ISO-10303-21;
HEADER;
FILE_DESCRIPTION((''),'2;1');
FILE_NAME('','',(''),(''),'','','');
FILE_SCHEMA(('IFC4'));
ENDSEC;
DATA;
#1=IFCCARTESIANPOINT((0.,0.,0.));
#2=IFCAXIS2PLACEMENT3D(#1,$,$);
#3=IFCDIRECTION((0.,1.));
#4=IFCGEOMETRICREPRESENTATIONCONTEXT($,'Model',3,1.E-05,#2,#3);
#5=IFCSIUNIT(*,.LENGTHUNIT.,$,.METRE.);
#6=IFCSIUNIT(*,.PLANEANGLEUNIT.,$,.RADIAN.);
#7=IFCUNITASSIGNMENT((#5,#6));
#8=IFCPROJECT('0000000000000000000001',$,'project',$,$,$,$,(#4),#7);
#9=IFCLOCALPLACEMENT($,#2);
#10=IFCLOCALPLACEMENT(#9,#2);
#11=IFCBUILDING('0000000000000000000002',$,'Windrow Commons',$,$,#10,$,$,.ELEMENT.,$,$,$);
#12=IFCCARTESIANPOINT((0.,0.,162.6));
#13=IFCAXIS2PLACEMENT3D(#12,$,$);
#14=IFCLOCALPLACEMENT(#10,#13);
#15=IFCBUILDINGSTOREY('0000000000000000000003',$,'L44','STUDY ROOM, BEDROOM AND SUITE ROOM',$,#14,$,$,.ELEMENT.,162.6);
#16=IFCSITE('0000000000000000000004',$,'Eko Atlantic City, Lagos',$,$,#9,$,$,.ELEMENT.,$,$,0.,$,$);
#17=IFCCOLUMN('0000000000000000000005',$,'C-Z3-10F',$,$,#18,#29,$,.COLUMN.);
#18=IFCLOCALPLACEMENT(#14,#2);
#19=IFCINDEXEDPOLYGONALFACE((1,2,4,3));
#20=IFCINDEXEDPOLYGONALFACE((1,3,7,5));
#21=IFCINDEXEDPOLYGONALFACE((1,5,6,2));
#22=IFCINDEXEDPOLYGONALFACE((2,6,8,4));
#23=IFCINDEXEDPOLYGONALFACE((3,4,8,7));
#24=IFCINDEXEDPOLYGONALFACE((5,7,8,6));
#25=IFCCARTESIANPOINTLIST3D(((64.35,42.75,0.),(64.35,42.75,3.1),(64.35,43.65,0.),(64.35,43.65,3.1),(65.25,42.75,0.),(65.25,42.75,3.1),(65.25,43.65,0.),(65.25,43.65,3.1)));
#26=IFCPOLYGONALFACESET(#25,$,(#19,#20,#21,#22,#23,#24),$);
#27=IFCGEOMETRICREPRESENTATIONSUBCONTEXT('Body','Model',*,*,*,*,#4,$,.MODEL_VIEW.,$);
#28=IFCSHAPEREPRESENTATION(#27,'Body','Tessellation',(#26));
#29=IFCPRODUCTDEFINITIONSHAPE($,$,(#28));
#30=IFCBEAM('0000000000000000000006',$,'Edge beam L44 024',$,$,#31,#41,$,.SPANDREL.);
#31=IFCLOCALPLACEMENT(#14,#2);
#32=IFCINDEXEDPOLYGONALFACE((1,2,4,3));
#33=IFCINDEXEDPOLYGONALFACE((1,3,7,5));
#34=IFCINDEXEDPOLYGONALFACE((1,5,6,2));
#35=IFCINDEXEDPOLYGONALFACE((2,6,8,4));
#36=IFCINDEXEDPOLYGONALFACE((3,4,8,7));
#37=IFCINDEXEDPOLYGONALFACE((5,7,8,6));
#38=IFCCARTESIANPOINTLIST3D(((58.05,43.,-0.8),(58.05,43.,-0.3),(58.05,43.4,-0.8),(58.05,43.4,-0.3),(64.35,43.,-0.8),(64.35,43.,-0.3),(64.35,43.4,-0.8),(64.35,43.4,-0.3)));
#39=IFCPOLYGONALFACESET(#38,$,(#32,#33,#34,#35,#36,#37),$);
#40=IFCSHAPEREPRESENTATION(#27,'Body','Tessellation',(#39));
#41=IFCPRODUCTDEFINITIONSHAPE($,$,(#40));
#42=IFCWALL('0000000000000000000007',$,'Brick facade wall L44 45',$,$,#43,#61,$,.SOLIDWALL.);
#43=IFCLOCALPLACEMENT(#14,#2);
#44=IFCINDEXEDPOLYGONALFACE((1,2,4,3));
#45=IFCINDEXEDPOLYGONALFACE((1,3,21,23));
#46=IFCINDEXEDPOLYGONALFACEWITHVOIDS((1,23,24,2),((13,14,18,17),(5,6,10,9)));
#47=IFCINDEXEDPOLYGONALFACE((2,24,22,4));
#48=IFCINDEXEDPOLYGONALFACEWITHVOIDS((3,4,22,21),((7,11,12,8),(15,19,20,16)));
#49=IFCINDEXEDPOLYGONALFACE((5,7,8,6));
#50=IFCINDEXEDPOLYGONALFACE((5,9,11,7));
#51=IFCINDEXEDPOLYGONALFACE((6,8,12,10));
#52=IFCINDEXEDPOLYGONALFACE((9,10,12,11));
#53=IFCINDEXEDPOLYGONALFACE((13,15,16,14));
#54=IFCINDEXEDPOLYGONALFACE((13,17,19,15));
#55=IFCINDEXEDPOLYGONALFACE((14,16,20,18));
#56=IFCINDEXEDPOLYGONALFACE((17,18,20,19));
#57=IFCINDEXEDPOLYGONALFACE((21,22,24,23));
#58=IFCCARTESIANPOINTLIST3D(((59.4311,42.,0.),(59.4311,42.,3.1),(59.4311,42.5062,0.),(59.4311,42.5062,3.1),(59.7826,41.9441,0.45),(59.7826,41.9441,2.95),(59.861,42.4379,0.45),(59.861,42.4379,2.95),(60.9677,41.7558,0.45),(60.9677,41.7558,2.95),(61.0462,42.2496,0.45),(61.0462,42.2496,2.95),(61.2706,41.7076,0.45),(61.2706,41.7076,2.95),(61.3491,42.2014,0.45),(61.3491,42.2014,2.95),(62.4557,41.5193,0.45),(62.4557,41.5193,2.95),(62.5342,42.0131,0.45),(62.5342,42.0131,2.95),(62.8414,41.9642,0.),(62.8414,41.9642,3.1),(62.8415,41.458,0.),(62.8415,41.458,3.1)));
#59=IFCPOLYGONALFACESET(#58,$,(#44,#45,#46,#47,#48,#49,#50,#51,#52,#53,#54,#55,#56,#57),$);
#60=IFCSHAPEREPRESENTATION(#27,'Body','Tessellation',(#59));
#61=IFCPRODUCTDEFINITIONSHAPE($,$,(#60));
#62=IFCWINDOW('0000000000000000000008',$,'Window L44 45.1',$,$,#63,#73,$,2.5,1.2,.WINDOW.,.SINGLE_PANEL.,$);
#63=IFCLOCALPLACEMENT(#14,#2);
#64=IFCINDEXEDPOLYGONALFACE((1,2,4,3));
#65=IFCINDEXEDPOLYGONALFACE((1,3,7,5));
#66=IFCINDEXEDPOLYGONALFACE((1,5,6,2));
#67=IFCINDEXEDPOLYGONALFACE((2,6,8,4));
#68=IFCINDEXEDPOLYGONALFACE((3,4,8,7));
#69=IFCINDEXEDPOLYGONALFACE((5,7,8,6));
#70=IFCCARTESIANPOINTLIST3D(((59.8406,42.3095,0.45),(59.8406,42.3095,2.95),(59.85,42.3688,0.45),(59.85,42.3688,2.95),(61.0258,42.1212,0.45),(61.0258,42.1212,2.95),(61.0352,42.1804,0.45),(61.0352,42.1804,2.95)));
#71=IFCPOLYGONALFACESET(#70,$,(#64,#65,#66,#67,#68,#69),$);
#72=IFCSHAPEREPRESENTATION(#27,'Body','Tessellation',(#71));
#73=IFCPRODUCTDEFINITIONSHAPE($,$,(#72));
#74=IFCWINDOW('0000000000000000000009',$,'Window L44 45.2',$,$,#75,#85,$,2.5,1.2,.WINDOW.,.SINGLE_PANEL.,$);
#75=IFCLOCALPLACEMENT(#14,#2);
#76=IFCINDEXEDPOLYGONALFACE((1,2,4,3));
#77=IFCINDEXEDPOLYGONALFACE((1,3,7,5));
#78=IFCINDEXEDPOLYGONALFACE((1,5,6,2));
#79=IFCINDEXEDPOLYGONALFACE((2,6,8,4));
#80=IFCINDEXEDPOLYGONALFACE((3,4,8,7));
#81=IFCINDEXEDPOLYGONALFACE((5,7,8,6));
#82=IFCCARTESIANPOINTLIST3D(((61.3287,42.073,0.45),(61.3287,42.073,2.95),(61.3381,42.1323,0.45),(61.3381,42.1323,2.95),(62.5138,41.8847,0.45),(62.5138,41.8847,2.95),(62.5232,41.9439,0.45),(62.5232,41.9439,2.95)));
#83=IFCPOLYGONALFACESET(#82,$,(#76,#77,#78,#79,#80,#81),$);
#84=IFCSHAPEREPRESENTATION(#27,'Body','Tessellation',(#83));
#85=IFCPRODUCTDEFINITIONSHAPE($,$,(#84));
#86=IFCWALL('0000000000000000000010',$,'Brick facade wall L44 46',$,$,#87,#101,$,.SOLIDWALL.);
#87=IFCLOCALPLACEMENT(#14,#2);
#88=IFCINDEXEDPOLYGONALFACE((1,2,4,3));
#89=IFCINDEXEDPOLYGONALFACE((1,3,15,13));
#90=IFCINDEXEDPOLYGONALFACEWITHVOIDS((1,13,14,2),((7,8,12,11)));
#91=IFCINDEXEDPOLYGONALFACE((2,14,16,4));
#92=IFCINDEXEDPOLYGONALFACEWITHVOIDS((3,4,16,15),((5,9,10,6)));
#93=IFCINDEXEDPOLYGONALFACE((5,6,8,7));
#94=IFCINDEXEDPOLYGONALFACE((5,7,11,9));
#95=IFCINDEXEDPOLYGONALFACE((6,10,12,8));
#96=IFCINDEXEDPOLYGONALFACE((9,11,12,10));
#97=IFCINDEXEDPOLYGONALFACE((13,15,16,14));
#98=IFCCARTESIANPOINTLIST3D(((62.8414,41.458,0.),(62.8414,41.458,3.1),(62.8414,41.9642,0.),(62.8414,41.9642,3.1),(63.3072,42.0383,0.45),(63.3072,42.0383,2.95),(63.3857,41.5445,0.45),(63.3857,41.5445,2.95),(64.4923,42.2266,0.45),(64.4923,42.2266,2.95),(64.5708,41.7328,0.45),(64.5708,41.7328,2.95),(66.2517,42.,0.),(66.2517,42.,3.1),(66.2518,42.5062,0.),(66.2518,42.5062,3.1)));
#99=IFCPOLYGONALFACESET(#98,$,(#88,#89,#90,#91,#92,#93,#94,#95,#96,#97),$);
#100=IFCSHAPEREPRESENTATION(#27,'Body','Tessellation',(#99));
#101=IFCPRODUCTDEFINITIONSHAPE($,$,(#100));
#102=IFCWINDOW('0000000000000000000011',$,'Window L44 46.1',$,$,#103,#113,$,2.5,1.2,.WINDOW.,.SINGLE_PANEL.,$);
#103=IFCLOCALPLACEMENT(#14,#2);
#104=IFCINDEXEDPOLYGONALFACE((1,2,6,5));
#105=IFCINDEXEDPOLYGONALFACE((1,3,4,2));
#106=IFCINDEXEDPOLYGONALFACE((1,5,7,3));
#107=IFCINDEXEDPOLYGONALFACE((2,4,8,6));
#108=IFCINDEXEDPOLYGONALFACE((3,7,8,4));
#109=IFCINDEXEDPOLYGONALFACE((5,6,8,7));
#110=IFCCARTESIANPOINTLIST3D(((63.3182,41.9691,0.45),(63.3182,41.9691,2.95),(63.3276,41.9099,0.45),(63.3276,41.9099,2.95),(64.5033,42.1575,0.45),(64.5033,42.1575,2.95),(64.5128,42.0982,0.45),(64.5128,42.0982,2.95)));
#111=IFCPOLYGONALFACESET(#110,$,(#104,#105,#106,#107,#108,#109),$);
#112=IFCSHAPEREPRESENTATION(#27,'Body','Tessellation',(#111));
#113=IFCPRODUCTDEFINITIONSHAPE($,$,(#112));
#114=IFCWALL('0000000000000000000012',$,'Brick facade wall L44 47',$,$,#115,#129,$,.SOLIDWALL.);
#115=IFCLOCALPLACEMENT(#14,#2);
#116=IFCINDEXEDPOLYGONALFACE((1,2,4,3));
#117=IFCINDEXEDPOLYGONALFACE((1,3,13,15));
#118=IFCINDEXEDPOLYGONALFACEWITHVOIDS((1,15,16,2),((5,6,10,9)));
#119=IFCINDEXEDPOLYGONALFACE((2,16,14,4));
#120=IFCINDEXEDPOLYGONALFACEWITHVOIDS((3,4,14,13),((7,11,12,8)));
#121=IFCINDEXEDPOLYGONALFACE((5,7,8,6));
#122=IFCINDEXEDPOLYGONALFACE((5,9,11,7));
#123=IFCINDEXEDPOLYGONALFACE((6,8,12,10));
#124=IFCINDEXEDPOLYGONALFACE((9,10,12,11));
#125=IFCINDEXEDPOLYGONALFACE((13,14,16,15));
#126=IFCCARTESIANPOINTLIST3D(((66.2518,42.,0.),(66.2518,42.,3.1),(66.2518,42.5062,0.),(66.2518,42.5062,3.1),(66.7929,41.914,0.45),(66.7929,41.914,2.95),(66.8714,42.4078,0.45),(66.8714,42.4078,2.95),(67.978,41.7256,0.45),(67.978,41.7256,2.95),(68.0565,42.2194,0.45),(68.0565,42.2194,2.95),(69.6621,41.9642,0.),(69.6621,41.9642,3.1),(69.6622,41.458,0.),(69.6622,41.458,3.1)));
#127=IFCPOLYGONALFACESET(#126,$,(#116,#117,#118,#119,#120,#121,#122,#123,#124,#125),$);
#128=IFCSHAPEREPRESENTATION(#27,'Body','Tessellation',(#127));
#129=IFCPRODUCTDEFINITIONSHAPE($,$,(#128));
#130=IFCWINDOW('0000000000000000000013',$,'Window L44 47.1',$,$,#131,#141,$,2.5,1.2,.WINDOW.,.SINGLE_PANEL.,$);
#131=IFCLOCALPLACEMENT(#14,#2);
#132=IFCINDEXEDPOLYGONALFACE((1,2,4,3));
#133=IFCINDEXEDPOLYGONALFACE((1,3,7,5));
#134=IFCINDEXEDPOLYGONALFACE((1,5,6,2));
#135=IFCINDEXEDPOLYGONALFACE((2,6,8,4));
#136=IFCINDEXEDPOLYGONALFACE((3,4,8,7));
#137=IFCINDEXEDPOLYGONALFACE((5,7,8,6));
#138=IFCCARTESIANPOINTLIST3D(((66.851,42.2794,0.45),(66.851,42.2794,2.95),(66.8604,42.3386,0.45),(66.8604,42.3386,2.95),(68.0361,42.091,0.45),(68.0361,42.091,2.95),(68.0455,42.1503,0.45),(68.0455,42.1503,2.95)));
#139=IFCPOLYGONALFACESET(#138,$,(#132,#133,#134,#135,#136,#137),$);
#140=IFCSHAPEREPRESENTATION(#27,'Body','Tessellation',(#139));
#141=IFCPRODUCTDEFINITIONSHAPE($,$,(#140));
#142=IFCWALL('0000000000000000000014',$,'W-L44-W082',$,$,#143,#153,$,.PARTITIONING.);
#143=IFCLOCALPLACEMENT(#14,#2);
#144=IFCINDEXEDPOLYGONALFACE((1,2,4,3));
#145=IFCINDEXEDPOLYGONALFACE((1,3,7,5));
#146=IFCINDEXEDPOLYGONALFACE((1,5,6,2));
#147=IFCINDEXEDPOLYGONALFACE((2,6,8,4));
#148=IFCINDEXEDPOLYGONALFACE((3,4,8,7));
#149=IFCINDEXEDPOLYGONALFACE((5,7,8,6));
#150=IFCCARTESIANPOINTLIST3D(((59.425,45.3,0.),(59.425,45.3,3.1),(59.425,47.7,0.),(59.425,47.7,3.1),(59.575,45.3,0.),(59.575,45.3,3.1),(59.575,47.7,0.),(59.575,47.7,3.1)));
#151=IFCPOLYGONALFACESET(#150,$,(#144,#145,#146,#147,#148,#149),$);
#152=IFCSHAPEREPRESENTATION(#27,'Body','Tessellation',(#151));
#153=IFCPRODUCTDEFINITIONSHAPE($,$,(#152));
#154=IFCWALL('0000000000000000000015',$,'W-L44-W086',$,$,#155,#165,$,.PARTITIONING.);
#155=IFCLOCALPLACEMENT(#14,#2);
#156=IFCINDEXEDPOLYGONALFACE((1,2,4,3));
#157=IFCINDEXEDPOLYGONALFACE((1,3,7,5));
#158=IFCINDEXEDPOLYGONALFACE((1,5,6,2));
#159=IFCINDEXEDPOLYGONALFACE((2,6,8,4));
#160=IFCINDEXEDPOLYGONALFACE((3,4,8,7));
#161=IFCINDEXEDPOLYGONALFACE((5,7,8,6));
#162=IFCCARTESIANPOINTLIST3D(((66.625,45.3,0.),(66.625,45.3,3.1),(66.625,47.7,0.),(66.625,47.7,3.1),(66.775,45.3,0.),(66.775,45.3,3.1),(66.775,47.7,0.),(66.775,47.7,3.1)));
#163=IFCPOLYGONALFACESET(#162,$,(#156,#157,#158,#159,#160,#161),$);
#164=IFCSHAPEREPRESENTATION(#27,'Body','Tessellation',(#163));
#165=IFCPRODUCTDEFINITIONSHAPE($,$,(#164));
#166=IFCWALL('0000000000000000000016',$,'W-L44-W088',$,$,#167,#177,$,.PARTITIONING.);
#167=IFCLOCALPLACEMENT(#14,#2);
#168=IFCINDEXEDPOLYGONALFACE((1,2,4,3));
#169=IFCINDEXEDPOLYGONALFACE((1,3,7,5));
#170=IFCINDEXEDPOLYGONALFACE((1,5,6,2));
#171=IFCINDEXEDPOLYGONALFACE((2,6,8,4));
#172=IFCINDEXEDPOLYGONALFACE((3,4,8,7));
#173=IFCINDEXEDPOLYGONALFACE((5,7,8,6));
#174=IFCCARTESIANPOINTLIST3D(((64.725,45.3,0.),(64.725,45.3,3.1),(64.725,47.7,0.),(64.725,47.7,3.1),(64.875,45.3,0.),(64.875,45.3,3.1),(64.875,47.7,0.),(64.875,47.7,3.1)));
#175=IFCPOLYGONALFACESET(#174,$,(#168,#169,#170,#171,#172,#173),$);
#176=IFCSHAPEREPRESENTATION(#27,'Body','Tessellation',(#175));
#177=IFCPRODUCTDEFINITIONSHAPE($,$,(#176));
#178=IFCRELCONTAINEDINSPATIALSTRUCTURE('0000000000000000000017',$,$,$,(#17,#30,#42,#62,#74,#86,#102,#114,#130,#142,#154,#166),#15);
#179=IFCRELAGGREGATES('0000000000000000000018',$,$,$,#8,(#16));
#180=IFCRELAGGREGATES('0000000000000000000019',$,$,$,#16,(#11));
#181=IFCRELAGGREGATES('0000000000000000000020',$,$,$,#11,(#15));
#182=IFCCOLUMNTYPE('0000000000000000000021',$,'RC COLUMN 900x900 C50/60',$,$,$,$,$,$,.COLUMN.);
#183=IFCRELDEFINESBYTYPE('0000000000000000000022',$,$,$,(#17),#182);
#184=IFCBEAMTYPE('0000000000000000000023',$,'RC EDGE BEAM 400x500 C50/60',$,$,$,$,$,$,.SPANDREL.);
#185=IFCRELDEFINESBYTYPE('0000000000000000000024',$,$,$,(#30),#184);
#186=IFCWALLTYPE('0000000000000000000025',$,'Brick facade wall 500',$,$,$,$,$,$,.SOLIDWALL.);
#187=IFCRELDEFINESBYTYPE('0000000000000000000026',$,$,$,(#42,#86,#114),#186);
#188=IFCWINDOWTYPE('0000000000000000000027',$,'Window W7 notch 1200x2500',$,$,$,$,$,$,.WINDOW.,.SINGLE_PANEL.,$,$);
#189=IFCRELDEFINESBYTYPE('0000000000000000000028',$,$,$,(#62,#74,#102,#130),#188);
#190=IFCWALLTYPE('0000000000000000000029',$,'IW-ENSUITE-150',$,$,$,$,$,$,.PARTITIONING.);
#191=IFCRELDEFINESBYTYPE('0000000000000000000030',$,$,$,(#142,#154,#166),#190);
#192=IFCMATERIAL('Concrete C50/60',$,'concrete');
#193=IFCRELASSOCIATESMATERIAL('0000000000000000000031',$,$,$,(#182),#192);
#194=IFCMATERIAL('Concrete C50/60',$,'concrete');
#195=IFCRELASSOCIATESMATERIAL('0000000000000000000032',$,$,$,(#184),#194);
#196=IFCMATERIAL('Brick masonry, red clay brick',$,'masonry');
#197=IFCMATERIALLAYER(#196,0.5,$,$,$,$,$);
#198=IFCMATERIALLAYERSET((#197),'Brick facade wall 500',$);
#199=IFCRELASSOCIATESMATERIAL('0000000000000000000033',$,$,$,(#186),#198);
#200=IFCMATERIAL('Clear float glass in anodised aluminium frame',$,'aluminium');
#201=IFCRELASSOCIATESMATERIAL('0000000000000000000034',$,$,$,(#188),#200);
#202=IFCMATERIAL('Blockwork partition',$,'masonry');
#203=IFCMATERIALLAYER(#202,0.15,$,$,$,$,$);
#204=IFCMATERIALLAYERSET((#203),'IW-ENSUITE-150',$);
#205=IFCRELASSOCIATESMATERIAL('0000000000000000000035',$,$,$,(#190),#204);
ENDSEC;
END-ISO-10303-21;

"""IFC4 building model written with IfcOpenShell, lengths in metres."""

from ifc_helpers import new_model, si_unit, direction, frame, frame_2d, origin, origin_2d, place, context, subcontext, project, spatial, polyline, rectangle, outline, extrude, material, layer, layer_set, material_profile, profile_set, type_object, element, fill, save


model = new_model("IFC4")

# Units and contexts
model_context = context("Model", 3, precision=1e-05, world=origin(), true_north=direction((0.0, 1.0)))
body_context = subcontext(model_context, "Body", "Model", "MODEL_VIEW")
ifc_project = project(units=[si_unit("LENGTHUNIT", "METRE"), si_unit("PLANEANGLEUNIT", "RADIAN")], contexts=[model_context])

# Site, building, storey
site_placement = place(None, origin())
site = spatial("IfcSite", under=ifc_project, at=site_placement, Name="Eko Atlantic City, Lagos", CompositionType="ELEMENT", RefElevation=0.0)
building_placement = place(site_placement, origin())
building = spatial("IfcBuilding", under=site, at=building_placement, Name="Windrow Commons", CompositionType="ELEMENT")
storey_placement = place(building_placement, frame((0.0, 0.0, 162.6)))
storey = spatial("IfcBuildingStorey", under=building, at=storey_placement, Name="L44", Description="STUDY ROOM, BEDROOM AND SUITE ROOM", CompositionType="ELEMENT", Elevation=162.6)

# Column
ifc_material_1 = material(Name="Concrete C50/60", Category="concrete")
ifc_material_profile_1 = material_profile(ifc_material_1, rectangle(XDim=0.9, YDim=0.9, at=origin_2d()))
ifc_profile_set_1 = profile_set([ifc_material_profile_1], Name="Concrete C50/60")
column_type = type_object("IfcColumnType", Name="RC COLUMN 900x900 C50/60", PredefinedType="COLUMN", material=ifc_profile_set_1)
column_placement = place(storey_placement, frame((64.8, 43.2, 0.0), z_axis=(0.0, 0.0, 1.0), x_axis=(1.0, 0.0, 0.0)))
element("IfcColumn", 1, at=column_placement, inside=storey, type_object=column_type, Name="C-Z3-10F", PredefinedType="COLUMN", context=body_context, shape_type="SweptSolid", body=[
    extrude(rectangle(XDim=0.9, YDim=0.9, at=origin_2d()), origin(), (0.0, 0.0, 1.0), 3.1),
])

# Beam
ifc_material_2 = material(Name="Concrete C50/60", Category="concrete")
ifc_material_profile_2 = material_profile(ifc_material_2, rectangle(XDim=0.4, YDim=0.5, at=origin_2d()))
ifc_profile_set_2 = profile_set([ifc_material_profile_2], Name="Concrete C50/60")
beam_type = type_object("IfcBeamType", Name="RC EDGE BEAM 400x500 C50/60", PredefinedType="SPANDREL", material=ifc_profile_set_2)
beam_placement = place(storey_placement, frame((64.35, 43.2, -0.55), z_axis=(-1.0, 0.0, 0.0), x_axis=(0.0, -1.0, 0.0)))
element("IfcBeam", 2, at=beam_placement, inside=storey, type_object=beam_type, Name="Edge beam L44 024", PredefinedType="SPANDREL", context=body_context, shape_type="SweptSolid", body=[
    extrude(rectangle(XDim=0.4, YDim=0.5, at=origin_2d()), origin(), (0.0, 0.0, 1.0), 6.3),
])

# Wall, openings, windows
ifc_material_3 = material(Name="Brick masonry, red clay brick", Category="masonry")
ifc_layer_1 = layer(ifc_material_3, 0.5)
ifc_layer_set_1 = layer_set([ifc_layer_1], Name="Brick facade wall 500")
wall_type_1 = type_object("IfcWallType", Name="Brick facade wall 500", PredefinedType="SOLIDWALL", material=ifc_layer_set_1)
wall_1_placement = place(storey_placement, frame((59.4311, 42.2531, 0.0), z_axis=(0.0, 0.0, 1.0), x_axis=(0.987605, -0.15696, 0.0)))
wall_1 = element("IfcWall", 3, at=wall_1_placement, inside=storey, type_object=wall_type_1, Name="Brick facade wall L44 45", PredefinedType="SOLIDWALL", context=body_context, shape_type="SweptSolid", body=[
    extrude(outline(polyline([(0.0397, -0.25), (3.4929, -0.25), (3.4134, 0.25), (-0.0397, 0.25), (0.0397, -0.25)])), origin(), (0.0, 0.0, 1.0), 3.1),
])
opening_1_placement = place(wall_1_placement, frame((0.3956, 0.0, 0.45)))
opening_1 = element("IfcOpeningElement", 4, at=opening_1_placement, cuts=wall_1, PredefinedType="OPENING", context=body_context, shape_type="SweptSolid", body=[
    extrude(rectangle(XDim=1.2, YDim=2.5, at=frame_2d((0.6, 1.25))), frame((0.0, 0.26, 0.0), z_axis=(0.0, -1.0, 0.0), x_axis=(1.0, 0.0, 0.0)), (0.0, 0.0, 1.0), 0.52),
])
opening_2_placement = place(wall_1_placement, frame((1.9023, 0.0, 0.45)))
opening_2 = element("IfcOpeningElement", 5, at=opening_2_placement, cuts=wall_1, PredefinedType="OPENING", context=body_context, shape_type="SweptSolid", body=[
    extrude(rectangle(XDim=1.2, YDim=2.5, at=frame_2d((0.6, 1.25))), frame((0.0, 0.26, 0.0), z_axis=(0.0, -1.0, 0.0), x_axis=(1.0, 0.0, 0.0)), (0.0, 0.0, 1.0), 0.52),
])
ifc_material_4 = material(Name="Clear float glass in anodised aluminium frame", Category="aluminium")
window_type = type_object("IfcWindowType", Name="Window W7 notch 1200x2500", PartitioningType="SINGLE_PANEL", PredefinedType="WINDOW", material=ifc_material_4)
window_1_placement = place(opening_1_placement, origin())
window_1 = element("IfcWindow", 6, at=window_1_placement, inside=storey, type_object=window_type, Name="Window L44 45.1", OverallHeight=2.5, OverallWidth=1.2, PartitioningType="SINGLE_PANEL", PredefinedType="WINDOW", context=body_context, shape_type="SweptSolid", body=[
    extrude(rectangle(XDim=1.2, YDim=2.5, at=frame_2d((0.6, 1.25))), frame((0.0, 0.18, 0.0), z_axis=(0.0, -1.0, 0.0), x_axis=(1.0, 0.0, 0.0)), (0.0, 0.0, 1.0), 0.06),
])
fill(opening_1, window_1)
window_2_placement = place(opening_2_placement, origin())
window_2 = element("IfcWindow", 7, at=window_2_placement, inside=storey, type_object=window_type, Name="Window L44 45.2", OverallHeight=2.5, OverallWidth=1.2, PartitioningType="SINGLE_PANEL", PredefinedType="WINDOW", context=body_context, shape_type="SweptSolid", body=[
    extrude(rectangle(XDim=1.2, YDim=2.5, at=frame_2d((0.6, 1.25))), frame((0.0, 0.18, 0.0), z_axis=(0.0, -1.0, 0.0), x_axis=(1.0, 0.0, 0.0)), (0.0, 0.0, 1.0), 0.06),
])
fill(opening_2, window_2)

# Walls, openings, windows
wall_2_placement = place(storey_placement, frame((62.8414, 41.7111, 0.0), z_axis=(0.0, 0.0, 1.0), x_axis=(0.987606, 0.156956, 0.0)))
wall_2 = element("IfcWall", 8, at=wall_2_placement, inside=storey, type_object=wall_type_1, Name="Brick facade wall L44 46", PredefinedType="SOLIDWALL", context=body_context, shape_type="SweptSolid", body=[
    extrude(outline(polyline([(-0.0397, -0.25), (3.4134, -0.25), (3.4929, 0.25), (0.0397, 0.25), (-0.0397, -0.25)])), origin(), (0.0, 0.0, 1.0), 3.1),
])
opening_3_placement = place(wall_2_placement, frame((0.5114, 0.0, 0.45)))
opening_3 = element("IfcOpeningElement", 9, at=opening_3_placement, cuts=wall_2, PredefinedType="OPENING", context=body_context, shape_type="SweptSolid", body=[
    extrude(rectangle(XDim=1.2, YDim=2.5, at=frame_2d((0.6, 1.25))), frame((0.0, 0.26, 0.0), z_axis=(0.0, -1.0, 0.0), x_axis=(1.0, 0.0, 0.0)), (0.0, 0.0, 1.0), 0.52),
])
window_3_placement = place(opening_3_placement, origin())
window_3 = element("IfcWindow", 10, at=window_3_placement, inside=storey, type_object=window_type, Name="Window L44 46.1", OverallHeight=2.5, OverallWidth=1.2, PartitioningType="SINGLE_PANEL", PredefinedType="WINDOW", context=body_context, shape_type="SweptSolid", body=[
    extrude(rectangle(XDim=1.2, YDim=2.5, at=frame_2d((0.6, 1.25))), frame((0.0, 0.18, 0.0), z_axis=(0.0, -1.0, 0.0), x_axis=(1.0, 0.0, 0.0)), (0.0, 0.0, 1.0), 0.06),
])
fill(opening_3, window_3)
wall_3_placement = place(storey_placement, frame((66.2518, 42.2531, 0.0), z_axis=(0.0, 0.0, 1.0), x_axis=(0.987606, -0.156956, 0.0)))
wall_3 = element("IfcWall", 11, at=wall_3_placement, inside=storey, type_object=wall_type_1, Name="Brick facade wall L44 47", PredefinedType="SOLIDWALL", context=body_context, shape_type="SweptSolid", body=[
    extrude(outline(polyline([(0.0397, -0.25), (3.4929, -0.25), (3.4134, 0.25), (-0.0397, 0.25), (0.0397, -0.25)])), origin(), (0.0, 0.0, 1.0), 3.1),
])
opening_4_placement = place(wall_3_placement, frame((0.5876, 0.0, 0.45)))
opening_4 = element("IfcOpeningElement", 12, at=opening_4_placement, cuts=wall_3, PredefinedType="OPENING", context=body_context, shape_type="SweptSolid", body=[
    extrude(rectangle(XDim=1.2, YDim=2.5, at=frame_2d((0.6, 1.25))), frame((0.0, 0.26, 0.0), z_axis=(0.0, -1.0, 0.0), x_axis=(1.0, 0.0, 0.0)), (0.0, 0.0, 1.0), 0.52),
])
window_4_placement = place(opening_4_placement, origin())
window_4 = element("IfcWindow", 13, at=window_4_placement, inside=storey, type_object=window_type, Name="Window L44 47.1", OverallHeight=2.5, OverallWidth=1.2, PartitioningType="SINGLE_PANEL", PredefinedType="WINDOW", context=body_context, shape_type="SweptSolid", body=[
    extrude(rectangle(XDim=1.2, YDim=2.5, at=frame_2d((0.6, 1.25))), frame((0.0, 0.18, 0.0), z_axis=(0.0, -1.0, 0.0), x_axis=(1.0, 0.0, 0.0)), (0.0, 0.0, 1.0), 0.06),
])
fill(opening_4, window_4)

# Walls
ifc_material_5 = material(Name="Blockwork partition", Category="masonry")
ifc_layer_2 = layer(ifc_material_5, 0.15)
ifc_layer_set_2 = layer_set([ifc_layer_2], Name="IW-ENSUITE-150")
wall_type_2 = type_object("IfcWallType", Name="IW-ENSUITE-150", PredefinedType="PARTITIONING", material=ifc_layer_set_2)
for number, where, z_axis, x_axis, name in (
    (14, (59.5, 45.3, 0.0), (0.0, 0.0, 1.0), (0.0, 1.0, 0.0), "W-L44-W082"),
    (15, (66.7, 45.3, 0.0), (0.0, 0.0, 1.0), (0.0, 1.0, 0.0), "W-L44-W086"),
    (16, (64.8, 45.3, 0.0), (0.0, 0.0, 1.0), (0.0, 1.0, 0.0), "W-L44-W088"),
):
    element("IfcWall", number, at=place(storey_placement, frame(where, z_axis=z_axis, x_axis=x_axis)), inside=storey, type_object=wall_type_2, Name=name, PredefinedType="PARTITIONING", context=body_context, shape_type="SweptSolid", body=[
        extrude(rectangle(XDim=2.4, YDim=0.15, at=frame_2d((1.2, 0.0))), origin(), (0.0, 0.0, 1.0), 3.1),
    ])

save(model, "model.ifc")
